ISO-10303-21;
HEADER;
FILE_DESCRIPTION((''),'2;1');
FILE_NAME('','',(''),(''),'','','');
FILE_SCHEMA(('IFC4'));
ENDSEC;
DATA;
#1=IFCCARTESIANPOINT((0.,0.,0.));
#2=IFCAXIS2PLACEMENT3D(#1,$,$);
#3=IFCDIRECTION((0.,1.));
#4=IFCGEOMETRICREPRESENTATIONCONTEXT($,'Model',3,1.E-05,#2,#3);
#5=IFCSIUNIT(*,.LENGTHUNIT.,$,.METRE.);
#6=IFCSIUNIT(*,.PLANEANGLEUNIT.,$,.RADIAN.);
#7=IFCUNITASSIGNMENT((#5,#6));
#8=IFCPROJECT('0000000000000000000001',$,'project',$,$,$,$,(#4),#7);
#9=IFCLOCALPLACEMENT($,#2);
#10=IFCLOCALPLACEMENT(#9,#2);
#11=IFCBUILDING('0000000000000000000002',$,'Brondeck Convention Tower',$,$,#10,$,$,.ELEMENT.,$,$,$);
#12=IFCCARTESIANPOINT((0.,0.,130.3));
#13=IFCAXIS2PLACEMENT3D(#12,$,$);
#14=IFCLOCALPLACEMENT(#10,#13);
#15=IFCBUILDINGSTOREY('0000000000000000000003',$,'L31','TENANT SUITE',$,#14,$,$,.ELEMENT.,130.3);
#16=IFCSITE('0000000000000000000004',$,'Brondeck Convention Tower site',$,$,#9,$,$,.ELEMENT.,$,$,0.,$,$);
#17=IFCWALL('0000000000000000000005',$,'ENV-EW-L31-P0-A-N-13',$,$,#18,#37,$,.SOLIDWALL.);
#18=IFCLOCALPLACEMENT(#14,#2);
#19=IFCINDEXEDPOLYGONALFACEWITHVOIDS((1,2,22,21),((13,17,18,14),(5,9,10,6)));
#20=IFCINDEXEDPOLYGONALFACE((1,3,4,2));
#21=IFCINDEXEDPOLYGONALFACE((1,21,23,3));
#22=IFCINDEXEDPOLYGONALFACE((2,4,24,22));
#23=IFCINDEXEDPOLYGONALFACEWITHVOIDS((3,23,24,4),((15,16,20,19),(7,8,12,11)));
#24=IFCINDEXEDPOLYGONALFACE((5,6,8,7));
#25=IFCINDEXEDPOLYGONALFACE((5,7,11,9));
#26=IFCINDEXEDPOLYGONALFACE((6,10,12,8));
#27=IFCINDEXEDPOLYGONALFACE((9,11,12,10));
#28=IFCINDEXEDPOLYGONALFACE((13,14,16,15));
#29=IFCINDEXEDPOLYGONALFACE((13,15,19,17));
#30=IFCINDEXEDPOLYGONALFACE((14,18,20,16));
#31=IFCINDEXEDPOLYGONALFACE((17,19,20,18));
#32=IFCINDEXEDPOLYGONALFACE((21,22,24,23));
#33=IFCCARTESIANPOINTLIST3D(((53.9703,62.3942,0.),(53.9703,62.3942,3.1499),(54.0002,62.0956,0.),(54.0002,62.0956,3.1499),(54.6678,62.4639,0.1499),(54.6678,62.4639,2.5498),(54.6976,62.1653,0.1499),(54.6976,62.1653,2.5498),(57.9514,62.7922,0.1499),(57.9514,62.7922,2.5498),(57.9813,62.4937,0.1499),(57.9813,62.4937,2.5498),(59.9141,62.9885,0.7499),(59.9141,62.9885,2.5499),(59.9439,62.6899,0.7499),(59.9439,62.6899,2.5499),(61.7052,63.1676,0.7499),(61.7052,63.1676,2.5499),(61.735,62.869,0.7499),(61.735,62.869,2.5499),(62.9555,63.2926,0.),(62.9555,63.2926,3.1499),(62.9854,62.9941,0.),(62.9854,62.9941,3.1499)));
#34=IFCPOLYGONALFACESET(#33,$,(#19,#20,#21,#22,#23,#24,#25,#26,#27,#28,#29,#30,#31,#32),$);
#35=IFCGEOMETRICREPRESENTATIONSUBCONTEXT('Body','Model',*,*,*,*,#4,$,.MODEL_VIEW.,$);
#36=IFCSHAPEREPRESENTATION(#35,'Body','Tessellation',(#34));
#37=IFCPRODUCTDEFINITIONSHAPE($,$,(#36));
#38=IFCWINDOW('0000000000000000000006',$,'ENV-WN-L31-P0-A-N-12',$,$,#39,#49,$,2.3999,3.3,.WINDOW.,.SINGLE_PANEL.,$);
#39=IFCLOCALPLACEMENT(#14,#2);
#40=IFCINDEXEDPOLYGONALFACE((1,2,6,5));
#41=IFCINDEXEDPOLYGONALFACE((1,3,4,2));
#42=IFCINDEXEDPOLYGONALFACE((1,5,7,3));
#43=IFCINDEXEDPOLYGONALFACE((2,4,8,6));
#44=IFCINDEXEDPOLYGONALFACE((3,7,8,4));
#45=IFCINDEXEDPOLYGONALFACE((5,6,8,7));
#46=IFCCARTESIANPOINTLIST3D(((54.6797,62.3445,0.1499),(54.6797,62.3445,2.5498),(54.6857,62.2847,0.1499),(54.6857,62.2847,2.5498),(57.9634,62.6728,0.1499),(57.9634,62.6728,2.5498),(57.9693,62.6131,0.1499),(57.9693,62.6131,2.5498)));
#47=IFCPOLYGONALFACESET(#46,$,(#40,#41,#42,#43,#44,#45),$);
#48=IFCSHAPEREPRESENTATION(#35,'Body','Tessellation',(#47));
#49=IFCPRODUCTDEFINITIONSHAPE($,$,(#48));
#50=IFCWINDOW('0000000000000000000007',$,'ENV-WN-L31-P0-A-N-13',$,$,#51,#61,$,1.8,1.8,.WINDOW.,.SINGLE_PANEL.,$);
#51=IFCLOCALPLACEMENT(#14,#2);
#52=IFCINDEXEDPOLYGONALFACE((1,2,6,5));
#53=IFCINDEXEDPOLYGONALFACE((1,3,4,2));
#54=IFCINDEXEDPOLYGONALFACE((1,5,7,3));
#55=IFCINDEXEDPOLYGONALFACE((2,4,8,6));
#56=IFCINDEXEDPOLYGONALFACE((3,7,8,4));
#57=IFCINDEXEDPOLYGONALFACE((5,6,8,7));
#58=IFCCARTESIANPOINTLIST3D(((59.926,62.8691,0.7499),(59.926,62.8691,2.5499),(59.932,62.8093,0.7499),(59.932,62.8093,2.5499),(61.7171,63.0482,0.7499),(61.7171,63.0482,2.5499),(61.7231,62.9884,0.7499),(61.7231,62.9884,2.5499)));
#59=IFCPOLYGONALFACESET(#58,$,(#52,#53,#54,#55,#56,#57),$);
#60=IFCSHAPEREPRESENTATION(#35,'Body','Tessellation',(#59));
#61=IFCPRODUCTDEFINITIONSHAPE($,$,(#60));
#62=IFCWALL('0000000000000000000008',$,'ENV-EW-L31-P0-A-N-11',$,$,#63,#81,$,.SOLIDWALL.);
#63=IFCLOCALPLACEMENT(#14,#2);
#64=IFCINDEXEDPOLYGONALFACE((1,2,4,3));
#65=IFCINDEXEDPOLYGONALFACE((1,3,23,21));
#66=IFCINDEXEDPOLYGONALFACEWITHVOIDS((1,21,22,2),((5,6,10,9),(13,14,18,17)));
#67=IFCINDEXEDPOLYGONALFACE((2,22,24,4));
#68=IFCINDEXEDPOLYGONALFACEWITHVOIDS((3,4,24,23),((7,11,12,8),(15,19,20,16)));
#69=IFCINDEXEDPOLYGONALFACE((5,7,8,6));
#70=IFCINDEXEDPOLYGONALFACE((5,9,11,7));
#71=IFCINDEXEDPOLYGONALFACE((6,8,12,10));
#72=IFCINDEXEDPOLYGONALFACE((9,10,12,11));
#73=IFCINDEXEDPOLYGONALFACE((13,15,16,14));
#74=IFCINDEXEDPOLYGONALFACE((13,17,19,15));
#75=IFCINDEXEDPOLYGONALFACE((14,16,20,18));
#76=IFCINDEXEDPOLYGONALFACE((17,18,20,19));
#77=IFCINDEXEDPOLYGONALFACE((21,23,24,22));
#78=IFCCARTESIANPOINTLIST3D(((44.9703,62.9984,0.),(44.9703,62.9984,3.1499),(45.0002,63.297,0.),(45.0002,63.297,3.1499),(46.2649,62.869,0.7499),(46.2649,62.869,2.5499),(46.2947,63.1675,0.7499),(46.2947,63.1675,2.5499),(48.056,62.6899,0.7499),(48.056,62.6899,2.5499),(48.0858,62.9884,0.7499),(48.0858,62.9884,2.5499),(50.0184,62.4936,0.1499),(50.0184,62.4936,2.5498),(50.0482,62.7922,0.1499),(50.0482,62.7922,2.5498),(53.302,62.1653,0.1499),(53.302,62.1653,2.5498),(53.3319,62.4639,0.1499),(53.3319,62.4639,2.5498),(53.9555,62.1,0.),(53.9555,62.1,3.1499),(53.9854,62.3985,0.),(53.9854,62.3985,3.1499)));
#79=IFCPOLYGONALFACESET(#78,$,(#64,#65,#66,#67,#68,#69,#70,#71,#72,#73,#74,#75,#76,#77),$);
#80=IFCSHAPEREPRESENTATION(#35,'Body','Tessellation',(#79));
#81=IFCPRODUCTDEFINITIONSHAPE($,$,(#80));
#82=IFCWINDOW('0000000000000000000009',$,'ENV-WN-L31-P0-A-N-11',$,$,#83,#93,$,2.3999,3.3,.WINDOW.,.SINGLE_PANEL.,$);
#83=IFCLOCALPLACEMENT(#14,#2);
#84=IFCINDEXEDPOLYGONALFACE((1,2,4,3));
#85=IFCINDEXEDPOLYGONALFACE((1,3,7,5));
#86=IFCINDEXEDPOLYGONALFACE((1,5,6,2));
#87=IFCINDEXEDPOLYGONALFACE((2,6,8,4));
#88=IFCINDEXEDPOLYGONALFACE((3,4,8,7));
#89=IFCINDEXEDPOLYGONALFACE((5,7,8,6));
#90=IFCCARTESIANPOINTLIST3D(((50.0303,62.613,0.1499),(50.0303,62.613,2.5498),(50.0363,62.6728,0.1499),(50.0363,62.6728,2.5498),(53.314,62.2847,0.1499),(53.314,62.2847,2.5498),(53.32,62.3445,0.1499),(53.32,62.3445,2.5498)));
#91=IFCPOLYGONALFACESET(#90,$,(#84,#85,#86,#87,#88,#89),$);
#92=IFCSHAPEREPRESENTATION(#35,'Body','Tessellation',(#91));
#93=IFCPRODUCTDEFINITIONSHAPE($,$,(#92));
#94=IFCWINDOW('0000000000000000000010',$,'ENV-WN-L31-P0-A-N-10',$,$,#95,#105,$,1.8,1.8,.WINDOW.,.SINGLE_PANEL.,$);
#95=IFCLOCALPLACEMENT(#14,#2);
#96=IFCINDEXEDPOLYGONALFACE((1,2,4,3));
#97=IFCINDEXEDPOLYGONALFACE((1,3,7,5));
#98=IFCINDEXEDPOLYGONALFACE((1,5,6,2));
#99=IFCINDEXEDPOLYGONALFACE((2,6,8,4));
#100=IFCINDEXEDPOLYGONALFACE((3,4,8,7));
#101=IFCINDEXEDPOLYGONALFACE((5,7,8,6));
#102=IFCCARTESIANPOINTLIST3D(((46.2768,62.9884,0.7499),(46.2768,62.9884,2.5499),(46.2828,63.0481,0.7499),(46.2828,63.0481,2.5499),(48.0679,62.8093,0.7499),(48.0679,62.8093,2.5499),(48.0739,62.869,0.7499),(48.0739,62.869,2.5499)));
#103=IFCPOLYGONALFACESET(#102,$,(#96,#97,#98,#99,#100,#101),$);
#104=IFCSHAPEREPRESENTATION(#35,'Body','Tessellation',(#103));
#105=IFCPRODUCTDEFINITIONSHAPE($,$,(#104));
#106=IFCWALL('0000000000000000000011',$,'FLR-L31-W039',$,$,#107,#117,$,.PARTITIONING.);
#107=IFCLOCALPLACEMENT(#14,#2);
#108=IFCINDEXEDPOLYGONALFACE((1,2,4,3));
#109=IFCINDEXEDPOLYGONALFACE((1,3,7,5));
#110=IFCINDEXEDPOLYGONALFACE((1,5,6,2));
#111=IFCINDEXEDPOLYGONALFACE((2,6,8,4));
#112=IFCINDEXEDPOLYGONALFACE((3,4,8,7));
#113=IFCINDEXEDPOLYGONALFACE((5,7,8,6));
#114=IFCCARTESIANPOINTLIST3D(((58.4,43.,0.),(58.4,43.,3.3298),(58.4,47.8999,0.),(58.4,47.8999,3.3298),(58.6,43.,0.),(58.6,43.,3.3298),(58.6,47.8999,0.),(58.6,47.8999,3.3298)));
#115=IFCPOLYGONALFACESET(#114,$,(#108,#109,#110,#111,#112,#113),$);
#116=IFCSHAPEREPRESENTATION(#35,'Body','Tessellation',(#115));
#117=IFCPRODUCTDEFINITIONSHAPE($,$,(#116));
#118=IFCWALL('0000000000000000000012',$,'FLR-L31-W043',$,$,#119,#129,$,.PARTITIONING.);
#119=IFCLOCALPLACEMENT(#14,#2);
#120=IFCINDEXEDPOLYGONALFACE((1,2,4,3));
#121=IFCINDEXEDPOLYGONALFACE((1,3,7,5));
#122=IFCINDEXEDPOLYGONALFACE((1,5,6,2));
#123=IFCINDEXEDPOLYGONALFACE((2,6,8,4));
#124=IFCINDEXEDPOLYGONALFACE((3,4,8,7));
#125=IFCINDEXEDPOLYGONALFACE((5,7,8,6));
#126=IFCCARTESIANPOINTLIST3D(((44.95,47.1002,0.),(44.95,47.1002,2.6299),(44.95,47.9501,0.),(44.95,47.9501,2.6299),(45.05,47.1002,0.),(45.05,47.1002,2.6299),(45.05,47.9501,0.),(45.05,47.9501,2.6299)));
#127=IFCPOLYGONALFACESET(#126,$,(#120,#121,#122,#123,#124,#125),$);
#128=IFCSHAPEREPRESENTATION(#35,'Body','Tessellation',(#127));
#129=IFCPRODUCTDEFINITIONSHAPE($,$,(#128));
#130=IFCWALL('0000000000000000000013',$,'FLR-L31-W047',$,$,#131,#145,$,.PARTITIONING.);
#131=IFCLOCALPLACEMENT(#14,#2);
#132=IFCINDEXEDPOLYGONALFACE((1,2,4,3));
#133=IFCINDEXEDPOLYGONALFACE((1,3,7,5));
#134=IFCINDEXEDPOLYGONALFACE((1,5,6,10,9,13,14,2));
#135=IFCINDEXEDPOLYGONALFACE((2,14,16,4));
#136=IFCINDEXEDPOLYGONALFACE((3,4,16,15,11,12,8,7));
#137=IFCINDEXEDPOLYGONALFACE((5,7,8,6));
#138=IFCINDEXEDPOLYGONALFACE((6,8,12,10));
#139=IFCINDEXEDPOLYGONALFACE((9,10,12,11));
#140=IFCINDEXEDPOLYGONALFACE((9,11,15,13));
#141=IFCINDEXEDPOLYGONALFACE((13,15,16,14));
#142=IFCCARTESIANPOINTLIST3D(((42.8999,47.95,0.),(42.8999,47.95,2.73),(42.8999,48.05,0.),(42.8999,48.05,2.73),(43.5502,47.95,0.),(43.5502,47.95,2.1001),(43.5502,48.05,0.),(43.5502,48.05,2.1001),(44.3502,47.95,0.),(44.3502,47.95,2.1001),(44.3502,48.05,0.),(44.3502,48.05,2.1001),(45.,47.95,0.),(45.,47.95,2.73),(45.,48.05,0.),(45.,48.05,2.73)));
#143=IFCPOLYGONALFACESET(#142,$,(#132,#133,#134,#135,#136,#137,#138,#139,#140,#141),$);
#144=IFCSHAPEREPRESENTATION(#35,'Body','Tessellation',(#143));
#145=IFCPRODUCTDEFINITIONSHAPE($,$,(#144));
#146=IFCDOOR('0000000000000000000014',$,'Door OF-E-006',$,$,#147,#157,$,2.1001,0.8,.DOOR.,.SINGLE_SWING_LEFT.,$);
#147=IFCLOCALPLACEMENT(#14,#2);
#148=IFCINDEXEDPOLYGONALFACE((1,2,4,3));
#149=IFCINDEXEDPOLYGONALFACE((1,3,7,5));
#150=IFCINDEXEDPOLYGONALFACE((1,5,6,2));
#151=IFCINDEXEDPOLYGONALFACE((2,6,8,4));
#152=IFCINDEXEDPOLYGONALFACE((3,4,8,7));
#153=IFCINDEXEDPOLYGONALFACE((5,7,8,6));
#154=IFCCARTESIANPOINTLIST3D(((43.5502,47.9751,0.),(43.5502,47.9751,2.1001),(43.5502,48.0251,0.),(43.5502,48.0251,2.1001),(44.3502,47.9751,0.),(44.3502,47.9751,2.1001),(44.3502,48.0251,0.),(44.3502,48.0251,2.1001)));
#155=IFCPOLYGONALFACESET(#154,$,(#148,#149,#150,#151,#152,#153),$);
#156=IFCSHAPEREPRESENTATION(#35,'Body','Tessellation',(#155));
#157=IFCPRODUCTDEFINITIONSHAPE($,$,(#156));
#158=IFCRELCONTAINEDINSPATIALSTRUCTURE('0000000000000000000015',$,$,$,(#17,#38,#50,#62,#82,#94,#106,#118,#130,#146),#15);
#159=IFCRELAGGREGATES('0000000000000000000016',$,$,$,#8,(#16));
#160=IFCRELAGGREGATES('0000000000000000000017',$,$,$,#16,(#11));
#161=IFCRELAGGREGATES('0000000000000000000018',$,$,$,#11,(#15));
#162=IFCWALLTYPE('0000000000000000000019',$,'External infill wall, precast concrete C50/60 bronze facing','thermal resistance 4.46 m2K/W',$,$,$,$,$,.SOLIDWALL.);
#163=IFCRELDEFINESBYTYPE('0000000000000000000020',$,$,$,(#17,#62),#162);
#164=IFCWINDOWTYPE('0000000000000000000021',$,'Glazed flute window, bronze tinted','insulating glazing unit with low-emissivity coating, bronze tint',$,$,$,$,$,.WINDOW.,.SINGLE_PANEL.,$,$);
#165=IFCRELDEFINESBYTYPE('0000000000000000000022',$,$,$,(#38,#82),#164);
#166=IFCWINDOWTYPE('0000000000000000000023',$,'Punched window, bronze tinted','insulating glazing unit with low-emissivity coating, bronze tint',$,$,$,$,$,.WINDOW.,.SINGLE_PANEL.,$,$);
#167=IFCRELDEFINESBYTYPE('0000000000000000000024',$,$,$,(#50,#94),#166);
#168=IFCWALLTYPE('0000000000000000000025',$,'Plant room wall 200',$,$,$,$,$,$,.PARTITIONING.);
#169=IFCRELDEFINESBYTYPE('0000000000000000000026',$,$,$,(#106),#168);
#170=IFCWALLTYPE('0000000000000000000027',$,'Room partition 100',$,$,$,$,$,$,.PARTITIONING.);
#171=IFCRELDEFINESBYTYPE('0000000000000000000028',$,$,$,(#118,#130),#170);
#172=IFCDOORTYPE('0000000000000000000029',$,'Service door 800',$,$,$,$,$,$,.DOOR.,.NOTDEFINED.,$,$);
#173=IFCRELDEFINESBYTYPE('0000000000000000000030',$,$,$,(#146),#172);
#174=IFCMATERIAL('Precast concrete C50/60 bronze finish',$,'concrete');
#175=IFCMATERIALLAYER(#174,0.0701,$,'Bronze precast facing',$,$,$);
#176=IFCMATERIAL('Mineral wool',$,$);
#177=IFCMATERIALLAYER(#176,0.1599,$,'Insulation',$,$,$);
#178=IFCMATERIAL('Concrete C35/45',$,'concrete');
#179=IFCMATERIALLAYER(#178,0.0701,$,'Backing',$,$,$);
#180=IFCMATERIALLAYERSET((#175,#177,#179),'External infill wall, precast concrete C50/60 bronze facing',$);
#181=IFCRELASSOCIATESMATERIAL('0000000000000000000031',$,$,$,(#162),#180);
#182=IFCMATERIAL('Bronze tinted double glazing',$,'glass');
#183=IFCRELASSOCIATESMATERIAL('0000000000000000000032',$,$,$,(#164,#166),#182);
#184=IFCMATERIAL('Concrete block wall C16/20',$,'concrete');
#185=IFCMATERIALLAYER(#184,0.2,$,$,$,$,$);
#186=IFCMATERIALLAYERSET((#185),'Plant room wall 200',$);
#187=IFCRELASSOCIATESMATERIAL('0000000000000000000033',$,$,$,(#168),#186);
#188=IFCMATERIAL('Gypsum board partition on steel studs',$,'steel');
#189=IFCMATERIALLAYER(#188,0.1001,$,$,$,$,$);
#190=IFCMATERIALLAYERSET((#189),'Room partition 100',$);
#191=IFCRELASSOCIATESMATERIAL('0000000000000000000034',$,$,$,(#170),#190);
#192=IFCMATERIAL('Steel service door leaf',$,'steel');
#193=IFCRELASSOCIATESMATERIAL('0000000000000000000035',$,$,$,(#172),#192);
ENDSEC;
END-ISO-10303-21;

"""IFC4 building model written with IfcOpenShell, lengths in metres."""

from ifc_helpers import new_model, si_unit, direction, frame, frame_2d, origin, place, context, subcontext, project, spatial, rectangle, extrude, material, layer, layer_set, type_object, element, fill, save


model = new_model("IFC4")

# Units and contexts
model_context = context("Model", 3, precision=1e-05, world=origin(), true_north=direction((0.0, 1.0)))
body_context = subcontext(model_context, "Body", "Model", "MODEL_VIEW")
ifc_project = project(units=[si_unit("LENGTHUNIT", "METRE"), si_unit("PLANEANGLEUNIT", "RADIAN")], contexts=[model_context])

# Site, building, storey
site_placement = place(None, origin())
site = spatial("IfcSite", under=ifc_project, at=site_placement, Name="Brondeck Convention Tower site", CompositionType="ELEMENT", RefElevation=0.0)
building_placement = place(site_placement, origin())
building = spatial("IfcBuilding", under=site, at=building_placement, Name="Brondeck Convention Tower", CompositionType="ELEMENT")
storey_placement = place(building_placement, frame((0.0, 0.0, 130.3)))
storey = spatial("IfcBuildingStorey", under=building, at=storey_placement, Name="L31", Description="TENANT SUITE", CompositionType="ELEMENT", Elevation=130.3)

# Walls, openings, windows
ifc_material_1 = material(Name="Precast concrete C50/60 bronze finish", Category="concrete")
ifc_layer_1 = layer(ifc_material_1, 0.0701, Name="Bronze precast facing")
ifc_material_2 = material(Name="Mineral wool")
ifc_layer_2 = layer(ifc_material_2, 0.1599, Name="Insulation")
ifc_material_3 = material(Name="Concrete C35/45", Category="concrete")
ifc_layer_3 = layer(ifc_material_3, 0.0701, Name="Backing")
ifc_layer_set_1 = layer_set([ifc_layer_1, ifc_layer_2, ifc_layer_3], Name="External infill wall, precast concrete C50/60 bronze facing")
wall_type_1 = type_object("IfcWallType", Name="External infill wall, precast concrete C50/60 bronze facing", Description="thermal resistance 4.46 m2K/W", PredefinedType="SOLIDWALL", material=ifc_layer_set_1)
wall_1_placement = place(storey_placement, frame((53.9851, 62.2449, 0.0), z_axis=(0.0, 0.0, 1.0), x_axis=(0.995038, 0.099496, 0.0)))
wall_1 = element("IfcWall", 1, at=wall_1_placement, inside=storey, type_object=wall_type_1, Name="ENV-EW-L31-P0-A-N-13", PredefinedType="SOLIDWALL", context=body_context, shape_type="SweptSolid", body=[
    extrude(rectangle(XDim=9.03, YDim=0.3, at=frame_2d((4.5151, 0.0))), origin(), (0.0, 0.0, 1.0), 3.1499),
])
opening_1_placement = place(wall_1_placement, frame((0.7012, 0.0, 0.1499)))
opening_1 = element("IfcOpeningElement", 2, at=opening_1_placement, cuts=wall_1, PredefinedType="OPENING", context=body_context, shape_type="SweptSolid", body=[
    extrude(rectangle(XDim=3.3, YDim=2.3999, at=frame_2d((1.6499, 1.2))), frame((0.0, 0.1599, 0.0), z_axis=(0.0, -1.0, 0.0), x_axis=(1.0, 0.0, 0.0)), (0.0, 0.0, 1.0), 0.3201),
])
opening_2_placement = place(wall_1_placement, frame((5.9736, 0.0, 0.75)))
opening_2 = element("IfcOpeningElement", 3, at=opening_2_placement, cuts=wall_1, PredefinedType="OPENING", context=body_context, shape_type="SweptSolid", body=[
    extrude(rectangle(XDim=1.8, YDim=1.8, at=frame_2d((0.8999, 0.8999))), frame((0.0, 0.1599, 0.0), z_axis=(0.0, -1.0, 0.0), x_axis=(1.0, 0.0, 0.0)), (0.0, 0.0, 1.0), 0.3201),
])
ifc_material_4 = material(Name="Bronze tinted double glazing", Category="glass")
window_type_1 = type_object("IfcWindowType", Name="Glazed flute window, bronze tinted", Description="insulating glazing unit with low-emissivity coating, bronze tint", PartitioningType="SINGLE_PANEL", PredefinedType="WINDOW", material=ifc_material_4)
window_1_placement = place(opening_1_placement, origin())
window_1 = element("IfcWindow", 4, at=window_1_placement, inside=storey, type_object=window_type_1, Name="ENV-WN-L31-P0-A-N-12", OverallHeight=2.3999, OverallWidth=3.3, PartitioningType="SINGLE_PANEL", PredefinedType="WINDOW", context=body_context, shape_type="SweptSolid", body=[
    extrude(rectangle(XDim=3.3, YDim=2.3999, at=frame_2d((1.6499, 1.2))), frame((0.0, 0.03, 0.0), z_axis=(0.0, -1.0, 0.0), x_axis=(1.0, 0.0, 0.0)), (0.0, 0.0, 1.0), 0.0601),
])
fill(opening_1, window_1)
window_type_2 = type_object("IfcWindowType", Name="Punched window, bronze tinted", Description="insulating glazing unit with low-emissivity coating, bronze tint", PartitioningType="SINGLE_PANEL", PredefinedType="WINDOW", material=ifc_material_4)
window_2_placement = place(opening_2_placement, origin())
window_2 = element("IfcWindow", 5, at=window_2_placement, inside=storey, type_object=window_type_2, Name="ENV-WN-L31-P0-A-N-13", OverallHeight=1.8, OverallWidth=1.8, PartitioningType="SINGLE_PANEL", PredefinedType="WINDOW", context=body_context, shape_type="SweptSolid", body=[
    extrude(rectangle(XDim=1.8, YDim=1.8, at=frame_2d((0.8999, 0.8999))), frame((0.0, 0.03, 0.0), z_axis=(0.0, -1.0, 0.0), x_axis=(1.0, 0.0, 0.0)), (0.0, 0.0, 1.0), 0.0601),
])
fill(opening_2, window_2)
wall_2_placement = place(storey_placement, frame((44.9851, 63.1477, 0.0), z_axis=(0.0, 0.0, 1.0), x_axis=(0.995038, -0.099496, 0.0)))
wall_2 = element("IfcWall", 6, at=wall_2_placement, inside=storey, type_object=wall_type_1, Name="ENV-EW-L31-P0-A-N-11", PredefinedType="SOLIDWALL", context=body_context, shape_type="SweptSolid", body=[
    extrude(rectangle(XDim=9.03, YDim=0.3, at=frame_2d((4.5151, 0.0))), origin(), (0.0, 0.0, 1.0), 3.1499),
])
opening_3_placement = place(wall_2_placement, frame((1.3013, 0.0, 0.75)))
opening_3 = element("IfcOpeningElement", 7, at=opening_3_placement, cuts=wall_2, PredefinedType="OPENING", context=body_context, shape_type="SweptSolid", body=[
    extrude(rectangle(XDim=1.8, YDim=1.8, at=frame_2d((0.8999, 0.8999))), frame((0.0, 0.1599, 0.0), z_axis=(0.0, -1.0, 0.0), x_axis=(1.0, 0.0, 0.0)), (0.0, 0.0, 1.0), 0.3201),
])
opening_4_placement = place(wall_2_placement, frame((5.0735, 0.0, 0.1499)))
opening_4 = element("IfcOpeningElement", 8, at=opening_4_placement, cuts=wall_2, PredefinedType="OPENING", context=body_context, shape_type="SweptSolid", body=[
    extrude(rectangle(XDim=3.3, YDim=2.3999, at=frame_2d((1.6499, 1.2))), frame((0.0, 0.1599, 0.0), z_axis=(0.0, -1.0, 0.0), x_axis=(1.0, 0.0, 0.0)), (0.0, 0.0, 1.0), 0.3201),
])
window_3_placement = place(opening_4_placement, origin())
window_3 = element("IfcWindow", 9, at=window_3_placement, inside=storey, type_object=window_type_1, Name="ENV-WN-L31-P0-A-N-11", OverallHeight=2.3999, OverallWidth=3.3, PartitioningType="SINGLE_PANEL", PredefinedType="WINDOW", context=body_context, shape_type="SweptSolid", body=[
    extrude(rectangle(XDim=3.3, YDim=2.3999, at=frame_2d((1.6499, 1.2))), frame((0.0, 0.03, 0.0), z_axis=(0.0, -1.0, 0.0), x_axis=(1.0, 0.0, 0.0)), (0.0, 0.0, 1.0), 0.0601),
])
fill(opening_4, window_3)
window_4_placement = place(opening_3_placement, origin())
window_4 = element("IfcWindow", 10, at=window_4_placement, inside=storey, type_object=window_type_2, Name="ENV-WN-L31-P0-A-N-10", OverallHeight=1.8, OverallWidth=1.8, PartitioningType="SINGLE_PANEL", PredefinedType="WINDOW", context=body_context, shape_type="SweptSolid", body=[
    extrude(rectangle(XDim=1.8, YDim=1.8, at=frame_2d((0.8999, 0.8999))), frame((0.0, 0.03, 0.0), z_axis=(0.0, -1.0, 0.0), x_axis=(1.0, 0.0, 0.0)), (0.0, 0.0, 1.0), 0.0601),
])
fill(opening_3, window_4)

# Walls
ifc_material_5 = material(Name="Concrete block wall C16/20", Category="concrete")
ifc_layer_4 = layer(ifc_material_5, 0.2)
ifc_layer_set_2 = layer_set([ifc_layer_4], Name="Plant room wall 200")
wall_type_2 = type_object("IfcWallType", Name="Plant room wall 200", PredefinedType="PARTITIONING", material=ifc_layer_set_2)
wall_3_placement = place(storey_placement, frame((58.5, 47.8999, 0.0), z_axis=(0.0, 0.0, 1.0), x_axis=(0.0, -1.0, 0.0)))
element("IfcWall", 11, at=wall_3_placement, inside=storey, type_object=wall_type_2, Name="FLR-L31-W039", PredefinedType="PARTITIONING", context=body_context, shape_type="SweptSolid", body=[
    extrude(rectangle(XDim=4.8999, YDim=0.2, at=frame_2d((2.45, 0.0))), origin(), (0.0, 0.0, 1.0), 3.3298),
])
ifc_material_6 = material(Name="Gypsum board partition on steel studs", Category="steel")
ifc_layer_5 = layer(ifc_material_6, 0.1001)
ifc_layer_set_3 = layer_set([ifc_layer_5], Name="Room partition 100")
wall_type_3 = type_object("IfcWallType", Name="Room partition 100", PredefinedType="PARTITIONING", material=ifc_layer_set_3)
wall_4_placement = place(storey_placement, frame((45.0, 47.95, 0.0), z_axis=(0.0, 0.0, 1.0), x_axis=(0.0, -1.0, 0.0)))
element("IfcWall", 12, at=wall_4_placement, inside=storey, type_object=wall_type_3, Name="FLR-L31-W043", PredefinedType="PARTITIONING", context=body_context, shape_type="SweptSolid", body=[
    extrude(rectangle(XDim=0.8499, YDim=0.1001, at=frame_2d((0.4248, 0.0))), origin(), (0.0, 0.0, 1.0), 2.6299),
])

# Wall, opening, door
wall_5_placement = place(storey_placement, frame((45.0, 48.0, 0.0), z_axis=(0.0, 0.0, 1.0), x_axis=(-1.0, 0.0, 0.0)))
wall_5 = element("IfcWall", 13, at=wall_5_placement, inside=storey, type_object=wall_type_3, Name="FLR-L31-W047", PredefinedType="PARTITIONING", context=body_context, shape_type="SweptSolid", body=[
    extrude(rectangle(XDim=2.1001, YDim=0.1001, at=frame_2d((1.05, 0.0))), origin(), (0.0, 0.0, 1.0), 2.73),
])
opening_5_placement = place(wall_5_placement, frame((0.6499, 0.0, 0.0)))
opening_5 = element("IfcOpeningElement", 14, at=opening_5_placement, cuts=wall_5, PredefinedType="OPENING", context=body_context, shape_type="SweptSolid", body=[
    extrude(rectangle(XDim=0.8, YDim=2.1001, at=frame_2d((0.3999, 1.05))), frame((0.0, 0.0601, 0.0), z_axis=(0.0, -1.0, 0.0), x_axis=(1.0, 0.0, 0.0)), (0.0, 0.0, 1.0), 0.1201),
])
ifc_material_7 = material(Name="Steel service door leaf", Category="steel")
door_type_1 = type_object("IfcDoorType", Name="Service door 800", OperationType="NOTDEFINED", PredefinedType="DOOR", material=ifc_material_7)
door_1_placement = place(opening_5_placement, origin())
door_1 = element("IfcDoor", 15, at=door_1_placement, inside=storey, type_object=door_type_1, Name="Door OF-E-006", OperationType="SINGLE_SWING_LEFT", OverallHeight=2.1001, OverallWidth=0.8, PredefinedType="DOOR", context=body_context, shape_type="SweptSolid", body=[
    extrude(rectangle(XDim=0.8, YDim=2.1001, at=frame_2d((0.3999, 1.05))), frame((0.0, 0.0249, 0.0), z_axis=(0.0, -1.0, 0.0), x_axis=(1.0, 0.0, 0.0)), (0.0, 0.0, 1.0), 0.05),
])
fill(opening_5, door_1)

save(model, "model.ifc")
